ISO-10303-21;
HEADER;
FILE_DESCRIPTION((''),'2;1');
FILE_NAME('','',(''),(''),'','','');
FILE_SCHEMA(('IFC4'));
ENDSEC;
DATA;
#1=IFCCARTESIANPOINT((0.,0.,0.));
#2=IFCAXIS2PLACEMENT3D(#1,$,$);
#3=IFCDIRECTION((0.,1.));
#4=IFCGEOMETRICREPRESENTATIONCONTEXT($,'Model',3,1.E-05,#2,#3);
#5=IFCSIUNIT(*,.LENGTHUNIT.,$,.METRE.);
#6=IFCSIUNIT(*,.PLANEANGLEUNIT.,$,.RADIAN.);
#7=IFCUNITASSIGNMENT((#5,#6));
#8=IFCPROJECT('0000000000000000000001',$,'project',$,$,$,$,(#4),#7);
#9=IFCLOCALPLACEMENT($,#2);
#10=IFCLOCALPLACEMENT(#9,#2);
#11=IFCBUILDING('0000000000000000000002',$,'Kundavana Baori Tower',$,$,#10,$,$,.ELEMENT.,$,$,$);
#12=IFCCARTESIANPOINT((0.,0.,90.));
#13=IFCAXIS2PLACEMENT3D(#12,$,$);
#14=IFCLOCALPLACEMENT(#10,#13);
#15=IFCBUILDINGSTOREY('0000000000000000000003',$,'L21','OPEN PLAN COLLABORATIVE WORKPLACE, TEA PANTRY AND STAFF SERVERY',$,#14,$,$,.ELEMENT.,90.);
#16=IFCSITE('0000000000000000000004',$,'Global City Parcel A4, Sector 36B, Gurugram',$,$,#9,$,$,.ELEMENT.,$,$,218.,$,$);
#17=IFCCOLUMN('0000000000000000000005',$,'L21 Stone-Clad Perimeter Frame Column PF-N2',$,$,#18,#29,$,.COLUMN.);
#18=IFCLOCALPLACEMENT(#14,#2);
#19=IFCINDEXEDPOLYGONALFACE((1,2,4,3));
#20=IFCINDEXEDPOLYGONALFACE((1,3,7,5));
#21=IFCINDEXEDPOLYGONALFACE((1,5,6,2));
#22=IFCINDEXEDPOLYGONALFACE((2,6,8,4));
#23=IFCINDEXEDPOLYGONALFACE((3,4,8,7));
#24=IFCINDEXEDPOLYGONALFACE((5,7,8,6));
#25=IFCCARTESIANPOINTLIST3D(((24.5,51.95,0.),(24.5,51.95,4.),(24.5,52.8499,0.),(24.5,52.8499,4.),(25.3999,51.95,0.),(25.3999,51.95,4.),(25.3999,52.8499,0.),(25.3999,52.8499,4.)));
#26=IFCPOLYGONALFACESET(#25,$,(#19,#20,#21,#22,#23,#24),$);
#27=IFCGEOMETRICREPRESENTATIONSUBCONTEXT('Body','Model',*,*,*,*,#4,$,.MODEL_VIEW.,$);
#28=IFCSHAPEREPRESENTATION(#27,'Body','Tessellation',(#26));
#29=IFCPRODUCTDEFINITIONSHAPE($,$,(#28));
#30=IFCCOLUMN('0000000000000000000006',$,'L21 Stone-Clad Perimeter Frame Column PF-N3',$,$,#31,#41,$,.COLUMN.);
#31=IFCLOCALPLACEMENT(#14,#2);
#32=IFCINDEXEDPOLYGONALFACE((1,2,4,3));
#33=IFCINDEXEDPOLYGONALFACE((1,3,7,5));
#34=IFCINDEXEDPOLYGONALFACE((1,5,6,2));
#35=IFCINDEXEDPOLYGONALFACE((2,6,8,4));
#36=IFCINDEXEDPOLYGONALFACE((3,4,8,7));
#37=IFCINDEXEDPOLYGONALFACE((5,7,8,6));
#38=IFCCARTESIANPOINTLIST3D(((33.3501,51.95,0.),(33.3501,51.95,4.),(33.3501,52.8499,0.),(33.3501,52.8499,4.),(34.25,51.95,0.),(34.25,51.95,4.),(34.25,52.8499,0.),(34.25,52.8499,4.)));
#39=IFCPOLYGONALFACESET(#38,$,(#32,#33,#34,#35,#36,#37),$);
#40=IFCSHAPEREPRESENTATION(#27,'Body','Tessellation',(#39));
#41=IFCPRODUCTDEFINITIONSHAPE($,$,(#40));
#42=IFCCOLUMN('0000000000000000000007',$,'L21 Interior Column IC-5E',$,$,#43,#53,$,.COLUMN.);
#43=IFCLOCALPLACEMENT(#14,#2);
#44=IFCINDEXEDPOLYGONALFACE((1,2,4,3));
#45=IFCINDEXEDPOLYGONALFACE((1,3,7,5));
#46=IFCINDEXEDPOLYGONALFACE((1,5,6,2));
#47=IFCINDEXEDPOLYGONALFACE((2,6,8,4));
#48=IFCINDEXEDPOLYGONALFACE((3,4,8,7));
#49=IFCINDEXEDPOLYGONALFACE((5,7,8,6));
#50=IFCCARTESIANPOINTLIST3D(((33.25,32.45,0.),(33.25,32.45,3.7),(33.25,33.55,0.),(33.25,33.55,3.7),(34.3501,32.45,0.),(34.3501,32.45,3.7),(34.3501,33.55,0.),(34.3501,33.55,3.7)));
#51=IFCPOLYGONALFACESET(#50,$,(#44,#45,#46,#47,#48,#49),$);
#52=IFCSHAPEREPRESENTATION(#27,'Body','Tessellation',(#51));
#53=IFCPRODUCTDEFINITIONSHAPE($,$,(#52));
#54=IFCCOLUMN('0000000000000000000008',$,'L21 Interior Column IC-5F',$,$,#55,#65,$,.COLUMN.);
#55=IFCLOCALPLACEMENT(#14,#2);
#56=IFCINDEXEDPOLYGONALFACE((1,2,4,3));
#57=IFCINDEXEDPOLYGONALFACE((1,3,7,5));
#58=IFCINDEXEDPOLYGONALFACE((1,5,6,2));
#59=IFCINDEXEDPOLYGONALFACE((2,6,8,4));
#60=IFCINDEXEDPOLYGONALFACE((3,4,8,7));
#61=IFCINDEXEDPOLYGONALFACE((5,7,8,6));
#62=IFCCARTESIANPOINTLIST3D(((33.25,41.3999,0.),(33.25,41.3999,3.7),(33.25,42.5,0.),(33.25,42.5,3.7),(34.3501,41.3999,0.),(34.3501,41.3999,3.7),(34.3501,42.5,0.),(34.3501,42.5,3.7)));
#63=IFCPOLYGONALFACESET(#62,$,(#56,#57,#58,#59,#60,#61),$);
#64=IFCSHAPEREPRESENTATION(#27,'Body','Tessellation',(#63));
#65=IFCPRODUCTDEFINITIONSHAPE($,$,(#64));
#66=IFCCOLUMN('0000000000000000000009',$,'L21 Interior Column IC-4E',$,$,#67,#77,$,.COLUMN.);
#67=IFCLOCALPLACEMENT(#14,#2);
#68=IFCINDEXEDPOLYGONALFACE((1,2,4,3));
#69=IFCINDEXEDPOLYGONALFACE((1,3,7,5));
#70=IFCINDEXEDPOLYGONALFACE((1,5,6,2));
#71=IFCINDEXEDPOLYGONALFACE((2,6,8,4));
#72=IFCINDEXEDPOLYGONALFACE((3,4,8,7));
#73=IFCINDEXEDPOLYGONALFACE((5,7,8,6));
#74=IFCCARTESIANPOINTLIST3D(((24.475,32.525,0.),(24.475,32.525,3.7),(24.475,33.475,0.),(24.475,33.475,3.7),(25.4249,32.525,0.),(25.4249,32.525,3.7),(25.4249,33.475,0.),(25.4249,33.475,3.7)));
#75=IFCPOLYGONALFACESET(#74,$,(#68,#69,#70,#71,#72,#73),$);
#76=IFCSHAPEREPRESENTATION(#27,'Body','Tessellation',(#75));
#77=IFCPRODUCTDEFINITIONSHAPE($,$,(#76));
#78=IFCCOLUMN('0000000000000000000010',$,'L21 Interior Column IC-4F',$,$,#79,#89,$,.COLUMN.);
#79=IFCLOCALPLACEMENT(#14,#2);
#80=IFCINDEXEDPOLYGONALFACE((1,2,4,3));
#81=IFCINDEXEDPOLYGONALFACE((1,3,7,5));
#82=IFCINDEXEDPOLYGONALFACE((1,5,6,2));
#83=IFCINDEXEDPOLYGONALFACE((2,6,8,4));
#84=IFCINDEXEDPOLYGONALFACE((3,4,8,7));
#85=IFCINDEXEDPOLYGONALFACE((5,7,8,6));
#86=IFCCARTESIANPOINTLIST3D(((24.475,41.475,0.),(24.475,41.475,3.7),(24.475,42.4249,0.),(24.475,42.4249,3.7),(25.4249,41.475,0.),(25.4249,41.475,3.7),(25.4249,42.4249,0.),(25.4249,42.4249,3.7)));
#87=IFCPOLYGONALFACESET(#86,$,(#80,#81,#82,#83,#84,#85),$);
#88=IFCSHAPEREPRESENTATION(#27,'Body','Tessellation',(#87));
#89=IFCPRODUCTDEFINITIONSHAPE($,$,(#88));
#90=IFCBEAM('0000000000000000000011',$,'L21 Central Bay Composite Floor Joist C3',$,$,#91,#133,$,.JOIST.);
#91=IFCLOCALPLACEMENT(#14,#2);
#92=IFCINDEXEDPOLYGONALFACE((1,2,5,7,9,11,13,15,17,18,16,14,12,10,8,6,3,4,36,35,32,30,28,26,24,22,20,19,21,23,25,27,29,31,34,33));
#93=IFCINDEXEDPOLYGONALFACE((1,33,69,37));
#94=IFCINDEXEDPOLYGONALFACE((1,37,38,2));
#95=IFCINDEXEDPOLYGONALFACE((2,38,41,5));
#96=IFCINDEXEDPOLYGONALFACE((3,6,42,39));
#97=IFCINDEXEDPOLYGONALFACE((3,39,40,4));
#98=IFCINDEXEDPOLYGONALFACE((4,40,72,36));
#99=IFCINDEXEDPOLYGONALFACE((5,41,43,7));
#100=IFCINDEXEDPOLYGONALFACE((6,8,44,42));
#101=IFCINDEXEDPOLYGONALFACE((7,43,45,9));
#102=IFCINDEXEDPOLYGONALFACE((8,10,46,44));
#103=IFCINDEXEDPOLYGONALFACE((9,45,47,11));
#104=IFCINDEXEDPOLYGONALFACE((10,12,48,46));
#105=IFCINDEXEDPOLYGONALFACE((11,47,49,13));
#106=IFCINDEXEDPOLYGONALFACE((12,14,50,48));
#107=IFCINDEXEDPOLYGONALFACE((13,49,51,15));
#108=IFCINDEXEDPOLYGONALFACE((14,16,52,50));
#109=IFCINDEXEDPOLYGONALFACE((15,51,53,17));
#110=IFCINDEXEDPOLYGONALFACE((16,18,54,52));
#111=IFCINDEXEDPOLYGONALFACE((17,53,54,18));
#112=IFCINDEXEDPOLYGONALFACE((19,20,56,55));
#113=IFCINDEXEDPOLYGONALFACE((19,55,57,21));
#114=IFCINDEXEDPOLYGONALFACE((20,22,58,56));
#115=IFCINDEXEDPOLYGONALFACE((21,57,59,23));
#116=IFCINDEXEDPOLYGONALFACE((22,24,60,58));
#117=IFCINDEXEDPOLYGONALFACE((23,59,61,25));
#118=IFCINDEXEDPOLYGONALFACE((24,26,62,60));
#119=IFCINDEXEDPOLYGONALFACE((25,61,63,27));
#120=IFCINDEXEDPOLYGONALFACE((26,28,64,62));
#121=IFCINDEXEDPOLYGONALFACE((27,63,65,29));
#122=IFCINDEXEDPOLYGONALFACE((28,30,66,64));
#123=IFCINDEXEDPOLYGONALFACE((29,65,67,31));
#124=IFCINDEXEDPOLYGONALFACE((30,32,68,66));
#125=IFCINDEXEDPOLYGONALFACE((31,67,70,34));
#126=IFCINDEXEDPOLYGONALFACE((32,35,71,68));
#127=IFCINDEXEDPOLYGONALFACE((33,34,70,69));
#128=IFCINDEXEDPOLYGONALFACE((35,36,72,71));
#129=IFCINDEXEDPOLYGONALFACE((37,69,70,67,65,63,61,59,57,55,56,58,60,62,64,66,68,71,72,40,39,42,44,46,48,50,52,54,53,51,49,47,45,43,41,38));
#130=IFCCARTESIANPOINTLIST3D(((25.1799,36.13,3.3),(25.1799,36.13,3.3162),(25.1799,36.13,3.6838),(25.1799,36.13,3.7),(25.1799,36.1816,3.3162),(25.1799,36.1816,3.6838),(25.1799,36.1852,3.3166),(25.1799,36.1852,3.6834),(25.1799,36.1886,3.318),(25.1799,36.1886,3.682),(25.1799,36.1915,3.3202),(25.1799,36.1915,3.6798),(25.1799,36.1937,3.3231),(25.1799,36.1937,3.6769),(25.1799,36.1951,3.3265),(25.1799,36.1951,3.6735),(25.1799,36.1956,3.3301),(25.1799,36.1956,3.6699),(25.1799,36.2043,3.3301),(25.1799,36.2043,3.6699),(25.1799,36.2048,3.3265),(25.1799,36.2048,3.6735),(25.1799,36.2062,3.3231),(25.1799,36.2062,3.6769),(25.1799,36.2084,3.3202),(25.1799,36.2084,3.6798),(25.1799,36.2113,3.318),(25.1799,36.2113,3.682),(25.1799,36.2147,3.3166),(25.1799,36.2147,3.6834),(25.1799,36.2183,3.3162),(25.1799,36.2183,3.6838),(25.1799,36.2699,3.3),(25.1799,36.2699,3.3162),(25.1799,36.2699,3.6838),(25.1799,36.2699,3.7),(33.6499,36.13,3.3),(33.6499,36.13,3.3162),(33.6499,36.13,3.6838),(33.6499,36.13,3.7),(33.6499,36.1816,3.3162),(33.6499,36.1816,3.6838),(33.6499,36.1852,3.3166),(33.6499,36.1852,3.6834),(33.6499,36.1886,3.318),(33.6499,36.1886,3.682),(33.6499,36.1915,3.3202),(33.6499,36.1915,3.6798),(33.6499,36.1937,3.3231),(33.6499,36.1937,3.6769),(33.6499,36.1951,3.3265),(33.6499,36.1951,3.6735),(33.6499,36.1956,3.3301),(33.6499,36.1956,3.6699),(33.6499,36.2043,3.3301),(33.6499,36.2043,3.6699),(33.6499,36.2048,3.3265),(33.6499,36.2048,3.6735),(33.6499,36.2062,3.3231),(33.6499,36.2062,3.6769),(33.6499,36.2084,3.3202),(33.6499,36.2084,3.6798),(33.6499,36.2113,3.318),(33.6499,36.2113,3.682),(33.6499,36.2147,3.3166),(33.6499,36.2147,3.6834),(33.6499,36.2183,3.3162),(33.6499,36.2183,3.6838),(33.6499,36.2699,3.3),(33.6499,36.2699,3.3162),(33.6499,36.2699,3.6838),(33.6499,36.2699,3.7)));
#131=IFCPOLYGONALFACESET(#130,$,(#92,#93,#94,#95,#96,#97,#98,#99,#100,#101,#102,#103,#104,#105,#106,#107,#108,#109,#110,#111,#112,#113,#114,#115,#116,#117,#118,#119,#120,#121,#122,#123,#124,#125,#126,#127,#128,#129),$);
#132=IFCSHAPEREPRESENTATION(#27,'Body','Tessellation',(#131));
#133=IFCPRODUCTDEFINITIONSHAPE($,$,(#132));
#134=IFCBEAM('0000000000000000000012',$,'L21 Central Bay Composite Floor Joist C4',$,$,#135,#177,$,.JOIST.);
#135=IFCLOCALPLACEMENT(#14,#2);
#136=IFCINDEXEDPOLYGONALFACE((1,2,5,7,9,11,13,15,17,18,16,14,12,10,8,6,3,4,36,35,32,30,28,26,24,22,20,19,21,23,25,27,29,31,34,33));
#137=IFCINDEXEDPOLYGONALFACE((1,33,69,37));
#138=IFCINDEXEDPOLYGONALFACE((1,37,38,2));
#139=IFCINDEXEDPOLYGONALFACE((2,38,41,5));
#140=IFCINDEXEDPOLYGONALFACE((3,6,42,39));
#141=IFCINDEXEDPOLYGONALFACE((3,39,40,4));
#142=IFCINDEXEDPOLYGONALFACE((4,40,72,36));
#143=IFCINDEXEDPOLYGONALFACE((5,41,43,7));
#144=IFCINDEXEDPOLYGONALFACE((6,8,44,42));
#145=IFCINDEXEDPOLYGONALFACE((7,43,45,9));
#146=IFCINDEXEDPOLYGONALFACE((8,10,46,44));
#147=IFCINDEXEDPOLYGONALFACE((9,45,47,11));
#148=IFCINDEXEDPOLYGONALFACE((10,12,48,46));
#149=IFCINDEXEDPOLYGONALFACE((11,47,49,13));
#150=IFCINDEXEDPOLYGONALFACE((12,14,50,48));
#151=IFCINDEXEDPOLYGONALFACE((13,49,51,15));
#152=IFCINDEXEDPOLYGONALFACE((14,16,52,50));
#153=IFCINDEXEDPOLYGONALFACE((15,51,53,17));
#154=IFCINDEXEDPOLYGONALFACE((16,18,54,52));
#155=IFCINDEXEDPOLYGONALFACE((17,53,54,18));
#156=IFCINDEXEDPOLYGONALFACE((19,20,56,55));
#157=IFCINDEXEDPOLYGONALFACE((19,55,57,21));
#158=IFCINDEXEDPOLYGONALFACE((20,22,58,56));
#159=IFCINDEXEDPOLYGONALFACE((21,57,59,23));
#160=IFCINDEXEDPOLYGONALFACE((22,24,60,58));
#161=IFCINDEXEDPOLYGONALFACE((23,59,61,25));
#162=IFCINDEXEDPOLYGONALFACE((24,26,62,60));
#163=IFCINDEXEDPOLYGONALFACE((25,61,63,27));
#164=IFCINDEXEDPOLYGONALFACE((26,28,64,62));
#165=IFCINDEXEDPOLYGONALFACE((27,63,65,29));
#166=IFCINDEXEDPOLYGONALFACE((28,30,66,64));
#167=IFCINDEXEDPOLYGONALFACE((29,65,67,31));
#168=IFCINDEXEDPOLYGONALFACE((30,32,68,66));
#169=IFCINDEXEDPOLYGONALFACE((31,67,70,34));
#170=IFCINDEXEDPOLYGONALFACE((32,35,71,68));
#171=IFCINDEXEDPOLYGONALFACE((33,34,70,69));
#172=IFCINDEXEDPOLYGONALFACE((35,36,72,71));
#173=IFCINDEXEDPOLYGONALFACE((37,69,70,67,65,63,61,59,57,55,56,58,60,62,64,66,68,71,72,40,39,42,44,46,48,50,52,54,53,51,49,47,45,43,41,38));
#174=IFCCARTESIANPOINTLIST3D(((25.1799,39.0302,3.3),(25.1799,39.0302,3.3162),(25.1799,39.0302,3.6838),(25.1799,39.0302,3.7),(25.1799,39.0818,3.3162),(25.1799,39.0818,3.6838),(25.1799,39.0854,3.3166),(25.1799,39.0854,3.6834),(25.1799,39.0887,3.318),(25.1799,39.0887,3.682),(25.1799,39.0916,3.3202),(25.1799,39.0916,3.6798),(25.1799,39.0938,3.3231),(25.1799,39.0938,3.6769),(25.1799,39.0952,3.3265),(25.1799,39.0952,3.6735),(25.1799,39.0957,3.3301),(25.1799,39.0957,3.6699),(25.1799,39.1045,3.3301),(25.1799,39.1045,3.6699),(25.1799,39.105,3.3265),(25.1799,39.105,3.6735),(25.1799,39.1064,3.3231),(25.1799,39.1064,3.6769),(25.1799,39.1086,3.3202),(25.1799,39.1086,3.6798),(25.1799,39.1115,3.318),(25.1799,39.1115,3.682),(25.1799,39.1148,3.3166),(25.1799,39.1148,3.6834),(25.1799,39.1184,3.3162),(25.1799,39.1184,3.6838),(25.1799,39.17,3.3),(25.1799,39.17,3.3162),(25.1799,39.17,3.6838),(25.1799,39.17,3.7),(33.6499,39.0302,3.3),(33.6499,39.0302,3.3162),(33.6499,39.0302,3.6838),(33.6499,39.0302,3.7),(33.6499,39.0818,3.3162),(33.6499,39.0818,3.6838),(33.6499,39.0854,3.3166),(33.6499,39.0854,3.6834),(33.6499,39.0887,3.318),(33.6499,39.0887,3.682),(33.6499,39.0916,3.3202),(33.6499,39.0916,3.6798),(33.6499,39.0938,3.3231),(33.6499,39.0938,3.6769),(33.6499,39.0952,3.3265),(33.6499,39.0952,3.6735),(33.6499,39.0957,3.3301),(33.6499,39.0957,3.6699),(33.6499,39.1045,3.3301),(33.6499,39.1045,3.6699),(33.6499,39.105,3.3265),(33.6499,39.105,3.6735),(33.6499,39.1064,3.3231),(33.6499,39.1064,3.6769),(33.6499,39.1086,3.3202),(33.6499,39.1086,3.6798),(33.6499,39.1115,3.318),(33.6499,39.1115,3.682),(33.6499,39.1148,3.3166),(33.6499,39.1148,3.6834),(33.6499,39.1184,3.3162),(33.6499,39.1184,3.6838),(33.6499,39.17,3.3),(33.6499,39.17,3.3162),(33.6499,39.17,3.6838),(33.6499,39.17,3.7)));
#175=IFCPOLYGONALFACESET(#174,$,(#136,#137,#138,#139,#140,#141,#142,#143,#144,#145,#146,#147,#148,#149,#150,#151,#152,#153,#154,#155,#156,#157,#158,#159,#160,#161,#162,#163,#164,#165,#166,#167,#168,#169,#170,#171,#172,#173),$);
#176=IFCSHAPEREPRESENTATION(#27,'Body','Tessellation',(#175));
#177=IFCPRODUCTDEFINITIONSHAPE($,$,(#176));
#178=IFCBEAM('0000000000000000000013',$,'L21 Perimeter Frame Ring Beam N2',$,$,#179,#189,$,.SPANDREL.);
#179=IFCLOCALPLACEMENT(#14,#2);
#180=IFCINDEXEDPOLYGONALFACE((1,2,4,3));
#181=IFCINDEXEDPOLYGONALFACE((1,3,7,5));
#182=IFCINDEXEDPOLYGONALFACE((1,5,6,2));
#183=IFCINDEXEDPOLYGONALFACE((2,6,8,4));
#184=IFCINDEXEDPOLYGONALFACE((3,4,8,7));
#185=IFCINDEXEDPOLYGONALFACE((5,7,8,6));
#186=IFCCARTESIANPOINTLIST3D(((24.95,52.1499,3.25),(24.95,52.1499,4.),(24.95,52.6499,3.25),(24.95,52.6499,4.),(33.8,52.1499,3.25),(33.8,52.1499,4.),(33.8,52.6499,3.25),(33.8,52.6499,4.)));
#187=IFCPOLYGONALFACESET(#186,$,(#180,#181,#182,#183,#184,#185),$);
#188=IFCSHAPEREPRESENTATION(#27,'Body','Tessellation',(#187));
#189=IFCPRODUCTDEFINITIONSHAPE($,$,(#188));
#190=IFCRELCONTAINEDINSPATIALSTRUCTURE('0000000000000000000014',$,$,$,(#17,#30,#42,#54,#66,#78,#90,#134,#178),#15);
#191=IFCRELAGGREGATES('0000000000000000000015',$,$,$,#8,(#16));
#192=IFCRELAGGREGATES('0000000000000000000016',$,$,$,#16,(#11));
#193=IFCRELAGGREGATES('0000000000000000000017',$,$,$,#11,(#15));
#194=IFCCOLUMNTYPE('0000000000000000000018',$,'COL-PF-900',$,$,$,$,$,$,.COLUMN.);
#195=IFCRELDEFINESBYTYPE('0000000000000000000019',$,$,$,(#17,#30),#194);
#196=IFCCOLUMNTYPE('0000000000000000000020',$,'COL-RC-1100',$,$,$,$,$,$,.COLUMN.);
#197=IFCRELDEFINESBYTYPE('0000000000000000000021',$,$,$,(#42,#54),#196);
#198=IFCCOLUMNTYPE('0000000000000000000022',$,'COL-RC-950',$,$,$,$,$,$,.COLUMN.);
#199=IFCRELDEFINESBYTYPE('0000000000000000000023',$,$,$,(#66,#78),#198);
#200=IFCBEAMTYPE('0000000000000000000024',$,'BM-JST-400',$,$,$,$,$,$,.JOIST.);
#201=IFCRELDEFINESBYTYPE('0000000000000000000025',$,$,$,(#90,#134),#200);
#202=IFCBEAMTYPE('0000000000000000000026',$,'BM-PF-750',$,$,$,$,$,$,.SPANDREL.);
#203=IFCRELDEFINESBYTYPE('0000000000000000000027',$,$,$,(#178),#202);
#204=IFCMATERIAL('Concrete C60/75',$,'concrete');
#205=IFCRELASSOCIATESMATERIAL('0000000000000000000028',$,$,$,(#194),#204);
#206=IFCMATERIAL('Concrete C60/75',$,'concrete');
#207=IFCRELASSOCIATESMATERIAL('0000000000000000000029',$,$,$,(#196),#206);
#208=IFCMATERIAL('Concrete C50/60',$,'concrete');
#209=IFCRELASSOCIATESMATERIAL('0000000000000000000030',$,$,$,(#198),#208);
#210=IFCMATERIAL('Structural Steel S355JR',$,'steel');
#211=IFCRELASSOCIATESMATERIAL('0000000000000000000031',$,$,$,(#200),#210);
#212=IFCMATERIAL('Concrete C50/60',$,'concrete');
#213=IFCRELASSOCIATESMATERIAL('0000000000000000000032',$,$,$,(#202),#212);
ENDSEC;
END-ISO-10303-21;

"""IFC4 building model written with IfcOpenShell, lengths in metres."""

from ifc_helpers import new_model, si_unit, direction, frame, origin, origin_2d, place, context, subcontext, project, spatial, rectangle, i_section, extrude, material, material_profile, profile_set, type_object, element, save


model = new_model("IFC4")

# Units and contexts
model_context = context("Model", 3, precision=1e-05, world=origin(), true_north=direction((0.0, 1.0)))
body_context = subcontext(model_context, "Body", "Model", "MODEL_VIEW")
ifc_project = project(units=[si_unit("LENGTHUNIT", "METRE"), si_unit("PLANEANGLEUNIT", "RADIAN")], contexts=[model_context])

# Site, building, storey
site_placement = place(None, origin())
site = spatial("IfcSite", under=ifc_project, at=site_placement, Name="Global City Parcel A4, Sector 36B, Gurugram", CompositionType="ELEMENT", RefElevation=218.0)
building_placement = place(site_placement, origin())
building = spatial("IfcBuilding", under=site, at=building_placement, Name="Kundavana Baori Tower", CompositionType="ELEMENT")
storey_placement = place(building_placement, frame((0.0, 0.0, 90.0)))
storey = spatial("IfcBuildingStorey", under=building, at=storey_placement, Name="L21", Description="OPEN PLAN COLLABORATIVE WORKPLACE, TEA PANTRY AND STAFF SERVERY", CompositionType="ELEMENT", Elevation=90.0)

# Columns
ifc_material_1 = material(Name="Concrete C60/75", Category="concrete")
ifc_material_profile_1 = material_profile(ifc_material_1, rectangle(XDim=0.8999, YDim=0.8999, at=origin_2d()), Name="RC PF 900x900")
ifc_profile_set_1 = profile_set([ifc_material_profile_1], Name="Concrete C60/75")
column_type_1 = type_object("IfcColumnType", Name="COL-PF-900", PredefinedType="COLUMN", material=ifc_profile_set_1)
for number, where, z_axis, x_axis, name in (
    (1, (24.95, 52.3999, 0.0), (0.0, 0.0, 1.0), (1.0, 0.0, 0.0), "L21 Stone-Clad Perimeter Frame Column PF-N2"),
    (2, (33.8, 52.3999, 0.0), (0.0, 0.0, 1.0), (1.0, 0.0, 0.0), "L21 Stone-Clad Perimeter Frame Column PF-N3"),
):
    element("IfcColumn", number, at=place(storey_placement, frame(where, z_axis=z_axis, x_axis=x_axis)), inside=storey, type_object=column_type_1, Name=name, PredefinedType="COLUMN", context=body_context, shape_type="SweptSolid", body=[
        extrude(rectangle(XDim=0.8999, YDim=0.8999, at=origin_2d()), origin(), (0.0, 0.0, 1.0), 4.0),
    ])
ifc_material_2 = material(Name="Concrete C60/75", Category="concrete")
ifc_material_profile_2 = material_profile(ifc_material_2, rectangle(XDim=1.1001, YDim=1.1001, at=origin_2d()), Name="RC 1100x1100")
ifc_profile_set_2 = profile_set([ifc_material_profile_2], Name="Concrete C60/75")
column_type_2 = type_object("IfcColumnType", Name="COL-RC-1100", PredefinedType="COLUMN", material=ifc_profile_set_2)
for number, where, z_axis, x_axis, name in (
    (3, (33.8, 33.0, 0.0), (0.0, 0.0, 1.0), (1.0, 0.0, 0.0), "L21 Interior Column IC-5E"),
    (4, (33.8, 41.95, 0.0), (0.0, 0.0, 1.0), (1.0, 0.0, 0.0), "L21 Interior Column IC-5F"),
):
    element("IfcColumn", number, at=place(storey_placement, frame(where, z_axis=z_axis, x_axis=x_axis)), inside=storey, type_object=column_type_2, Name=name, PredefinedType="COLUMN", context=body_context, shape_type="SweptSolid", body=[
        extrude(rectangle(XDim=1.1001, YDim=1.1001, at=origin_2d()), origin(), (0.0, 0.0, 1.0), 3.7),
    ])
ifc_material_3 = material(Name="Concrete C50/60", Category="concrete")
ifc_material_profile_3 = material_profile(ifc_material_3, rectangle(XDim=0.95, YDim=0.95, at=origin_2d()), Name="RC 950x950")
ifc_profile_set_3 = profile_set([ifc_material_profile_3], Name="Concrete C50/60")
column_type_3 = type_object("IfcColumnType", Name="COL-RC-950", PredefinedType="COLUMN", material=ifc_profile_set_3)
for number, where, z_axis, x_axis, name in (
    (5, (24.95, 33.0, 0.0), (0.0, 0.0, 1.0), (1.0, 0.0, 0.0), "L21 Interior Column IC-4E"),
    (6, (24.95, 41.95, 0.0), (0.0, 0.0, 1.0), (1.0, 0.0, 0.0), "L21 Interior Column IC-4F"),
):
    element("IfcColumn", number, at=place(storey_placement, frame(where, z_axis=z_axis, x_axis=x_axis)), inside=storey, type_object=column_type_3, Name=name, PredefinedType="COLUMN", context=body_context, shape_type="SweptSolid", body=[
        extrude(rectangle(XDim=0.95, YDim=0.95, at=origin_2d()), origin(), (0.0, 0.0, 1.0), 3.7),
    ])

# Beams
ifc_material_4 = material(Name="Structural Steel S355JR", Category="steel")
ifc_material_profile_4 = material_profile(ifc_material_4, i_section(OverallWidth=0.1399, OverallDepth=0.3999, WebThickness=0.0088, FlangeThickness=0.0161, FilletRadius=0.0139, at=origin_2d()), Name="ISMB 400")
ifc_profile_set_4 = profile_set([ifc_material_profile_4], Name="Structural Steel S355JR")
beam_type_1 = type_object("IfcBeamType", Name="BM-JST-400", PredefinedType="JOIST", material=ifc_profile_set_4)
for number, where, z_axis, x_axis, name in (
    (7, (25.1799, 36.2, 3.5), (1.0, 0.0, 0.0), (0.0, 1.0, 0.0), "L21 Central Bay Composite Floor Joist C3"),
    (8, (25.1799, 39.1001, 3.5), (1.0, 0.0, 0.0), (0.0, 1.0, 0.0), "L21 Central Bay Composite Floor Joist C4"),
):
    element("IfcBeam", number, at=place(storey_placement, frame(where, z_axis=z_axis, x_axis=x_axis)), inside=storey, type_object=beam_type_1, Name=name, PredefinedType="JOIST", context=body_context, shape_type="SweptSolid", body=[
        extrude(i_section(OverallWidth=0.1399, OverallDepth=0.3999, WebThickness=0.0088, FlangeThickness=0.0161, FilletRadius=0.0139, at=origin_2d()), origin(), (0.0, 0.0, 1.0), 8.47),
    ])
ifc_material_5 = material(Name="Concrete C50/60", Category="concrete")
ifc_material_profile_5 = material_profile(ifc_material_5, rectangle(XDim=0.5, YDim=0.75, at=origin_2d()), Name="RC BM 500x750")
ifc_profile_set_5 = profile_set([ifc_material_profile_5], Name="Concrete C50/60")
beam_type_2 = type_object("IfcBeamType", Name="BM-PF-750", PredefinedType="SPANDREL", material=ifc_profile_set_5)
beam_1_placement = place(storey_placement, frame((24.95, 52.3999, 3.625), z_axis=(1.0, 0.0, 0.0), x_axis=(0.0, 1.0, 0.0)))
element("IfcBeam", 9, at=beam_1_placement, inside=storey, type_object=beam_type_2, Name="L21 Perimeter Frame Ring Beam N2", PredefinedType="SPANDREL", context=body_context, shape_type="SweptSolid", body=[
    extrude(rectangle(XDim=0.5, YDim=0.75, at=origin_2d()), origin(), (0.0, 0.0, 1.0), 8.8501),
])

save(model, "model.ifc")
